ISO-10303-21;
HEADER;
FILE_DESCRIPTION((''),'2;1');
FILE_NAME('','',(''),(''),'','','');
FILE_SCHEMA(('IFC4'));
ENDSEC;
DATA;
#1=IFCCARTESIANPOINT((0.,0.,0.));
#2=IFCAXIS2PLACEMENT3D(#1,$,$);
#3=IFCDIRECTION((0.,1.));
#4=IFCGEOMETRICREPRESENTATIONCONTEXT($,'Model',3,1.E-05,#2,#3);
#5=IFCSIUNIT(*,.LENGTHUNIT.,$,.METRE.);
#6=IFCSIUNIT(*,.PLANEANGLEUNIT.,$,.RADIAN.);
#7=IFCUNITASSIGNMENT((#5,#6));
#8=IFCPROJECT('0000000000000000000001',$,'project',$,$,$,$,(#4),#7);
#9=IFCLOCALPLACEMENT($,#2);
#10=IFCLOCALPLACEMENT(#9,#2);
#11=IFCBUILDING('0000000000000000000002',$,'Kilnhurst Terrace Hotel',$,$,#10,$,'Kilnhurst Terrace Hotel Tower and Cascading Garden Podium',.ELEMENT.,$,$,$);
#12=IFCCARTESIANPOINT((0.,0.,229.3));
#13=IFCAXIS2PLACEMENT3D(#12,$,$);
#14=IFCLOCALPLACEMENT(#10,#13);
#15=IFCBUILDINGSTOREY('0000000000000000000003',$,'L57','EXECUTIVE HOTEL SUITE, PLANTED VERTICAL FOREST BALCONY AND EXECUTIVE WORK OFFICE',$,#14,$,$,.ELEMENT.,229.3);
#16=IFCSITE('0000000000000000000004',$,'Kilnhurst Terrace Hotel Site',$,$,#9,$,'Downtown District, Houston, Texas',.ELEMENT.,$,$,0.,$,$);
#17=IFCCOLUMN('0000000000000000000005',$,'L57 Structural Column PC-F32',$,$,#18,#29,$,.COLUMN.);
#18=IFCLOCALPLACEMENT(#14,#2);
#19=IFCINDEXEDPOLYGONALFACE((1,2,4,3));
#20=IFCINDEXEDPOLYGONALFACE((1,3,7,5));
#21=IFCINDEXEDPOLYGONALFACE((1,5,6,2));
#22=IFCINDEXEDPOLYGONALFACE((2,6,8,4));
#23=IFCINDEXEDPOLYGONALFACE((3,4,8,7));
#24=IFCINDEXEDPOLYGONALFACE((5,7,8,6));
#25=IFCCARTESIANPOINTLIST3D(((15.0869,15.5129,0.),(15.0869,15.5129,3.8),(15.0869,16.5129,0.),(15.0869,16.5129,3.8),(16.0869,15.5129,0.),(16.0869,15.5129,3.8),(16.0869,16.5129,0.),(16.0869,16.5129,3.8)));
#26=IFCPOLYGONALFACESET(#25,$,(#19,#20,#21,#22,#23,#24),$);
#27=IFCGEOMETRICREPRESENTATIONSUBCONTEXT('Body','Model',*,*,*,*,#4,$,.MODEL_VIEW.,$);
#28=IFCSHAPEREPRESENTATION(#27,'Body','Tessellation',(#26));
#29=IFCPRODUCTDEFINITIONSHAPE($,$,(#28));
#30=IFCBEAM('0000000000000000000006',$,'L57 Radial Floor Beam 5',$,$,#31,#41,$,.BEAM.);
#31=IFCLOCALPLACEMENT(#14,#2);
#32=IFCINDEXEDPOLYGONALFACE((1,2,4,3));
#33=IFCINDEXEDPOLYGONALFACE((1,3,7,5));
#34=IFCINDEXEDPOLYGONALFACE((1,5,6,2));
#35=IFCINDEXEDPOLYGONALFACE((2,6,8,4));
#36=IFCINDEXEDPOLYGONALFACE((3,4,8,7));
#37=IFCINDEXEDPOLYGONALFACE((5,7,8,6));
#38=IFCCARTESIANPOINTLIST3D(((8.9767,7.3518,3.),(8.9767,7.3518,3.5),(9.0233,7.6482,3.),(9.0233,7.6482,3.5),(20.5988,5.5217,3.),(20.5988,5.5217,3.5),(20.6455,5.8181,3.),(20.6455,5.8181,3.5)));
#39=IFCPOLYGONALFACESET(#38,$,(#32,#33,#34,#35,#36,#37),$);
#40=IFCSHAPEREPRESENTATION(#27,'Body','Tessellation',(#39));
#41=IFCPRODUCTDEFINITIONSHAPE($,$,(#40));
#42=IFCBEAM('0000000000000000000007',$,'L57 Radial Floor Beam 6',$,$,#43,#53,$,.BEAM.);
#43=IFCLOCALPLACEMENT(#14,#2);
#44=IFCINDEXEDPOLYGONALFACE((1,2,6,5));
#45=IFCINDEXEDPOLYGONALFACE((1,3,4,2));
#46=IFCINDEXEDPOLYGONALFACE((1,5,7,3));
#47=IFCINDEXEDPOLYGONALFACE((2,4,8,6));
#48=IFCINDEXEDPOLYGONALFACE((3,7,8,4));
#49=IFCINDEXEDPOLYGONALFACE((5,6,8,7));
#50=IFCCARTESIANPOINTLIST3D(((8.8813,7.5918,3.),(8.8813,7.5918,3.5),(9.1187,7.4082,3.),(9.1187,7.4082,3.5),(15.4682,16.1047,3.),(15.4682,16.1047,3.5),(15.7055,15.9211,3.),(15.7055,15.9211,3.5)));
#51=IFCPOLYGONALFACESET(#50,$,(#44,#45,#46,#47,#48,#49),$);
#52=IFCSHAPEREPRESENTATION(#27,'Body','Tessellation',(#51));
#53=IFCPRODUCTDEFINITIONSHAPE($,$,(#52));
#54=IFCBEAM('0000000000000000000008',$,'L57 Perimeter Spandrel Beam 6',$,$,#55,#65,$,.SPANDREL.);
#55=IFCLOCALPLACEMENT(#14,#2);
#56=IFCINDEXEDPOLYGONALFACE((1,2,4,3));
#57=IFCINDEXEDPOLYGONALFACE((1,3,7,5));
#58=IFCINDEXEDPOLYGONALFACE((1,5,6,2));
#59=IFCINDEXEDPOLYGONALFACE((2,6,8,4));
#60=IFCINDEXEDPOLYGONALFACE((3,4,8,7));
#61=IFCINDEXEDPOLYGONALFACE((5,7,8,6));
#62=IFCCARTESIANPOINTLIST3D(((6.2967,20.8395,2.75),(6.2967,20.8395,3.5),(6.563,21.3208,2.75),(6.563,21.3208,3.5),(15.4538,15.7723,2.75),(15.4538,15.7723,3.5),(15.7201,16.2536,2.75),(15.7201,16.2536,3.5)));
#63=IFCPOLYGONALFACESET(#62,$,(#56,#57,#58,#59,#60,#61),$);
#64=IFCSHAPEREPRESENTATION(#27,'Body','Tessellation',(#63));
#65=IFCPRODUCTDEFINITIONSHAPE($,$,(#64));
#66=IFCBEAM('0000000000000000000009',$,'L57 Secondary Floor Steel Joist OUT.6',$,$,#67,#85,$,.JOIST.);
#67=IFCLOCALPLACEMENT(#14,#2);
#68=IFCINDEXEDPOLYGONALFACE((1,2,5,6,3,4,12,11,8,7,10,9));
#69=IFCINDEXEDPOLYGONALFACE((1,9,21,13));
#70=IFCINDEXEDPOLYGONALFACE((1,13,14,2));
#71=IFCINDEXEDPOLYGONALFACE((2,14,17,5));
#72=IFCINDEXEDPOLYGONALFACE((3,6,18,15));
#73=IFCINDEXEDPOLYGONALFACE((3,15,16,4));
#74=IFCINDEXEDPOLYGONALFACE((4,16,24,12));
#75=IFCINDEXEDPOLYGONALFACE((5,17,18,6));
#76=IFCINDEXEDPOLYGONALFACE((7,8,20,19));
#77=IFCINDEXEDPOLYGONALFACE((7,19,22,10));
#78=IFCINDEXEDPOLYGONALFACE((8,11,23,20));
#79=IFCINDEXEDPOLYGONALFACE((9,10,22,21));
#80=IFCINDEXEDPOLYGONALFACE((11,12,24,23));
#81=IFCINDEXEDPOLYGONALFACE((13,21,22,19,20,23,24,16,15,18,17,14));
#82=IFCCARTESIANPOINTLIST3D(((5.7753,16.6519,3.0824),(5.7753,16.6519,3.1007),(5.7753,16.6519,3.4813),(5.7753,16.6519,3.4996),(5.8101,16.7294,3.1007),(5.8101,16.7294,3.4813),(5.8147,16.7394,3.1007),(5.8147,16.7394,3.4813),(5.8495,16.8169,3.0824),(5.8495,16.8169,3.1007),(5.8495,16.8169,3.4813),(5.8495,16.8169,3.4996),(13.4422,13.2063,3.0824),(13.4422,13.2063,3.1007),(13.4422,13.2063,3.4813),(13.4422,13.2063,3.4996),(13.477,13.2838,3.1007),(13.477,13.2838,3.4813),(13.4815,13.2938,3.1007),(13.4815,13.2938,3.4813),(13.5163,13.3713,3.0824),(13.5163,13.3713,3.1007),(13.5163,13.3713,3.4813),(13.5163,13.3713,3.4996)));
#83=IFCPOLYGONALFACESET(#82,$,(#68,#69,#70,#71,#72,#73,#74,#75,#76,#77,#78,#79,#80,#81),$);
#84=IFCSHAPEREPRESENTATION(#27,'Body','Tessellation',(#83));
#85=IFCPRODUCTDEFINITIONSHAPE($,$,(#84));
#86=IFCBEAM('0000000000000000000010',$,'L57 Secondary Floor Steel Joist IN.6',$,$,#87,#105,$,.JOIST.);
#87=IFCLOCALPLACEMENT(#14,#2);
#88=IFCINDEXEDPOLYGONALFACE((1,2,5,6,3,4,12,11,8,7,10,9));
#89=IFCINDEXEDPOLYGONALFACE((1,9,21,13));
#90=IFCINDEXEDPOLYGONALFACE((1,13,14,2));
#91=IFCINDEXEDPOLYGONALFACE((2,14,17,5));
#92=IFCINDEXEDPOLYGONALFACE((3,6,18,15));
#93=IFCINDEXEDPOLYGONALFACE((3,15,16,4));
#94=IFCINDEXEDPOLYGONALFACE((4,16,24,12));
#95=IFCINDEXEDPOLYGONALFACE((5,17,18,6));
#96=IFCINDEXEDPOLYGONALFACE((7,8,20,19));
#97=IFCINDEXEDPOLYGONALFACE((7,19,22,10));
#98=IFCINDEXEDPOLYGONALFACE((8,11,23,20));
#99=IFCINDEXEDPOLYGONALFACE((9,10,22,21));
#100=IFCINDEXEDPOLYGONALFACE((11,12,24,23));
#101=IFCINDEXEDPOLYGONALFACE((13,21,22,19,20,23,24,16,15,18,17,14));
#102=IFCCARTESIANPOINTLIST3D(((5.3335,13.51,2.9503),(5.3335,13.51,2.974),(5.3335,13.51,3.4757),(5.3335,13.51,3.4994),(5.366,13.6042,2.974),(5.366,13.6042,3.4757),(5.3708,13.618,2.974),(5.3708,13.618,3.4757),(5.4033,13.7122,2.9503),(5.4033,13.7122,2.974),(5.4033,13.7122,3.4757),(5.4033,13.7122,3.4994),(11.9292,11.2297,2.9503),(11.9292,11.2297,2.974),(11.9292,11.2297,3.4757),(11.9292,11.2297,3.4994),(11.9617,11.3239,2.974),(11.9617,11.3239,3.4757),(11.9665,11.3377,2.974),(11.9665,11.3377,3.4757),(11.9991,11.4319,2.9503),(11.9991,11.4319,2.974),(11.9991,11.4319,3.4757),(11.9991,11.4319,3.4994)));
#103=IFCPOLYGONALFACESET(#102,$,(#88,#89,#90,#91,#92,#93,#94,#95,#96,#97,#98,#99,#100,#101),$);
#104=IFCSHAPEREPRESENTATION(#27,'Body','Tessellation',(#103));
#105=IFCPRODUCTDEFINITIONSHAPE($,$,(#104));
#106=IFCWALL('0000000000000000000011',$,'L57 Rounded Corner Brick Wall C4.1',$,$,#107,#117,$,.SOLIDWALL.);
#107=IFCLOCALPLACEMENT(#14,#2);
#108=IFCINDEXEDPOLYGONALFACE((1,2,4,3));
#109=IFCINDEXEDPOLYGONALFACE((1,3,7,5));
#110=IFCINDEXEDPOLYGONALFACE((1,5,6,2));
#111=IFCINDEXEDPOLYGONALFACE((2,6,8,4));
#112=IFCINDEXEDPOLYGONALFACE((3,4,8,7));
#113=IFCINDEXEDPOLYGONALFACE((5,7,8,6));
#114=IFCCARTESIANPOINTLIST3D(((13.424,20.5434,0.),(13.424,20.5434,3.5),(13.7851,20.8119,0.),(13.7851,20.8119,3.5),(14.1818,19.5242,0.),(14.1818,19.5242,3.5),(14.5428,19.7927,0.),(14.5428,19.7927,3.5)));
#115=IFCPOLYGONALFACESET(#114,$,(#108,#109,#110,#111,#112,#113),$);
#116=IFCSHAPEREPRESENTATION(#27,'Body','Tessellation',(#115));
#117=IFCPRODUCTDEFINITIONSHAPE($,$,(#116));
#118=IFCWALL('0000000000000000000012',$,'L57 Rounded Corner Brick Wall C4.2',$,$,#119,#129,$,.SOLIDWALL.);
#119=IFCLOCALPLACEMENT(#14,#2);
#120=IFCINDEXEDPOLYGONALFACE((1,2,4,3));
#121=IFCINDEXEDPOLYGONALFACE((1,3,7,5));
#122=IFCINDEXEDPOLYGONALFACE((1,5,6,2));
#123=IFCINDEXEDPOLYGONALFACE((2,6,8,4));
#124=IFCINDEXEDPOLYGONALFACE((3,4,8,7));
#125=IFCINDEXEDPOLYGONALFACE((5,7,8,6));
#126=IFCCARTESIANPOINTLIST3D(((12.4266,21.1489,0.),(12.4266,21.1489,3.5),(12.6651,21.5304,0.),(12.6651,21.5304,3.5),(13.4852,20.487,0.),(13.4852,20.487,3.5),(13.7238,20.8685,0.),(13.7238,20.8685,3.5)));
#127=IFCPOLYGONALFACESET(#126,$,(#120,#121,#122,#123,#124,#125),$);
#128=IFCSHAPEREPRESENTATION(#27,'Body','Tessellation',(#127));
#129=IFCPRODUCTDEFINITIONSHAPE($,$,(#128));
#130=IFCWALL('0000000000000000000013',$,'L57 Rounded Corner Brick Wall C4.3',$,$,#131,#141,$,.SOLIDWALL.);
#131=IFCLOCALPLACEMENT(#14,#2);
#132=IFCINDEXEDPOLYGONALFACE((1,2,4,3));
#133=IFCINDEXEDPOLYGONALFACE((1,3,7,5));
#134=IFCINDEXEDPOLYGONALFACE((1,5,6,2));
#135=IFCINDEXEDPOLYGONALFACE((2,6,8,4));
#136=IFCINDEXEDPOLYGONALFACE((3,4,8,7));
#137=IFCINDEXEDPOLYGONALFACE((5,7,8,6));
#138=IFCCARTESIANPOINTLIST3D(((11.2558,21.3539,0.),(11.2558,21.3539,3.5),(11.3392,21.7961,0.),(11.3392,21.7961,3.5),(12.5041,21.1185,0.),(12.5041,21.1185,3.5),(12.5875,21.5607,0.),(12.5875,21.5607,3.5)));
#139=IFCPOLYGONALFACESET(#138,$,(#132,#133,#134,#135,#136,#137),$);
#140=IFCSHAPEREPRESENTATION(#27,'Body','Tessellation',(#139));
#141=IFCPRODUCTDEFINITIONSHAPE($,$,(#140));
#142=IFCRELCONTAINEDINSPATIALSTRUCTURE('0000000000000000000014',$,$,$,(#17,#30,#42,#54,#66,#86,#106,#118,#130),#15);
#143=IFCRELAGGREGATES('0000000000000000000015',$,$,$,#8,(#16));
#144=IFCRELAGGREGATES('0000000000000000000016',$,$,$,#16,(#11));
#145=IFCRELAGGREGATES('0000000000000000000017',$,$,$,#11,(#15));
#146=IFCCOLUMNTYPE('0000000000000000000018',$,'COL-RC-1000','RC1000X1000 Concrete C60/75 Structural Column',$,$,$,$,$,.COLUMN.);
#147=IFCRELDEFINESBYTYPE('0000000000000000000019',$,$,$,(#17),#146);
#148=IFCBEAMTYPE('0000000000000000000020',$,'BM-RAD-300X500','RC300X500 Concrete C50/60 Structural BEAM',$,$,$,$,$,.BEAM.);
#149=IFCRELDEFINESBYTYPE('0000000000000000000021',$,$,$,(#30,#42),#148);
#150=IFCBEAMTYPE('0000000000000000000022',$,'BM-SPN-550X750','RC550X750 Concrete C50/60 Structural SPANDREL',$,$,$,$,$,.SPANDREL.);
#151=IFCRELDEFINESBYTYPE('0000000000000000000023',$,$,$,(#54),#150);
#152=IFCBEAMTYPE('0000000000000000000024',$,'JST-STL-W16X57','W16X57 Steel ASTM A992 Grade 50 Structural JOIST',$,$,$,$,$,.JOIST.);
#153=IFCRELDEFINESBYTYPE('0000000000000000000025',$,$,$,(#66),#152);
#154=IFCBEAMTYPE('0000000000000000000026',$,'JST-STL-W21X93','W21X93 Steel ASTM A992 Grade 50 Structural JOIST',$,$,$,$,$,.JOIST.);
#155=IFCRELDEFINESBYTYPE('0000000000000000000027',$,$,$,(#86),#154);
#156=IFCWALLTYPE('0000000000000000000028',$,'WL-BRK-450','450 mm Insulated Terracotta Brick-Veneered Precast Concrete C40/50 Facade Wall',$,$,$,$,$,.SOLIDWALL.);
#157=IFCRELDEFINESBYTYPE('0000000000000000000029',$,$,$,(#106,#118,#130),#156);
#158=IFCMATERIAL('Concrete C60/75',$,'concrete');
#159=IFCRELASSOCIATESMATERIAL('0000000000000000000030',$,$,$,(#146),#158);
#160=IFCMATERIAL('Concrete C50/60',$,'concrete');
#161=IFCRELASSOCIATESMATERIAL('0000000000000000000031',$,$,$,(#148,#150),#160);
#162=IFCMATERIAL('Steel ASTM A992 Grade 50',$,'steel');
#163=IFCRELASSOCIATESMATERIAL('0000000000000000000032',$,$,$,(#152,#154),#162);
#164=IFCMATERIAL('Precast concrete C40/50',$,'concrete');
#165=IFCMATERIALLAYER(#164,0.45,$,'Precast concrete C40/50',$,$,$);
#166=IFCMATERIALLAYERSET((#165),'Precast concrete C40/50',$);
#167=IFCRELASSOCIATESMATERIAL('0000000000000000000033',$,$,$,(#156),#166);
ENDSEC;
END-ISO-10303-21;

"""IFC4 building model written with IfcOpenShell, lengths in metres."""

from ifc_helpers import new_model, si_unit, direction, frame, frame_2d, origin, origin_2d, place, context, subcontext, project, spatial, rectangle, i_section, extrude, material, layer, layer_set, material_profile, profile_set, type_object, element, save


model = new_model("IFC4")

# Units and contexts
model_context = context("Model", 3, precision=1e-05, world=origin(), true_north=direction((0.0, 1.0)))
body_context = subcontext(model_context, "Body", "Model", "MODEL_VIEW")
ifc_project = project(units=[si_unit("LENGTHUNIT", "METRE"), si_unit("PLANEANGLEUNIT", "RADIAN")], contexts=[model_context])

# Site, building, storey
site_placement = place(None, origin())
site = spatial("IfcSite", under=ifc_project, at=site_placement, Name="Kilnhurst Terrace Hotel Site", LongName="Downtown District, Houston, Texas", CompositionType="ELEMENT", RefElevation=0.0)
building_placement = place(site_placement, origin())
building = spatial("IfcBuilding", under=site, at=building_placement, Name="Kilnhurst Terrace Hotel", LongName="Kilnhurst Terrace Hotel Tower and Cascading Garden Podium", CompositionType="ELEMENT")
storey_placement = place(building_placement, frame((0.0, 0.0, 229.3)))
storey = spatial("IfcBuildingStorey", under=building, at=storey_placement, Name="L57", Description="EXECUTIVE HOTEL SUITE, PLANTED VERTICAL FOREST BALCONY AND EXECUTIVE WORK OFFICE", CompositionType="ELEMENT", Elevation=229.3)

# Column
ifc_material_1 = material(Name="Concrete C60/75", Category="concrete")
ifc_material_profile_1 = material_profile(ifc_material_1, rectangle(XDim=1.0, YDim=1.0, at=origin_2d()), Name="RC1000X1000")
ifc_profile_set_1 = profile_set([ifc_material_profile_1], Name="Concrete C60/75")
column_type = type_object("IfcColumnType", Name="COL-RC-1000", Description="RC1000X1000 Concrete C60/75 Structural Column", PredefinedType="COLUMN", material=ifc_profile_set_1)
column_placement = place(storey_placement, frame((15.5869, 16.0129, 0.0), z_axis=(0.0, 0.0, 1.0), x_axis=(1.0, 0.0, 0.0)))
element("IfcColumn", 1, at=column_placement, inside=storey, type_object=column_type, Name="L57 Structural Column PC-F32", PredefinedType="COLUMN", context=body_context, shape_type="SweptSolid", body=[
    extrude(rectangle(XDim=1.0, YDim=1.0, at=origin_2d()), origin(), (0.0, 0.0, 1.0), 3.8),
])

# Beams
ifc_material_2 = material(Name="Concrete C50/60", Category="concrete")
ifc_material_profile_2 = material_profile(ifc_material_2, rectangle(XDim=0.3, YDim=0.5, at=origin_2d()), Name="RC300X500")
ifc_profile_set_2 = profile_set([ifc_material_profile_2], Name="Concrete C50/60")
beam_type_1 = type_object("IfcBeamType", Name="BM-RAD-300X500", Description="RC300X500 Concrete C50/60 Structural BEAM", PredefinedType="BEAM", material=ifc_profile_set_2)
beam_1_placement = place(storey_placement, frame((9.0, 7.5, 3.25), z_axis=(0.987828, -0.155549, 0.0), x_axis=(0.155549, 0.987828, 0.0)))
element("IfcBeam", 2, at=beam_1_placement, inside=storey, type_object=beam_type_1, Name="L57 Radial Floor Beam 5", PredefinedType="BEAM", context=body_context, shape_type="SweptSolid", body=[
    extrude(rectangle(XDim=0.3, YDim=0.5, at=origin_2d()), origin(), (0.0, 0.0, 1.0), 11.7654),
])
beam_2_placement = place(storey_placement, frame((9.0, 7.5, 3.25), z_axis=(0.611955, 0.790892, 0.0), x_axis=(-0.790892, 0.611955, 0.0)))
element("IfcBeam", 3, at=beam_2_placement, inside=storey, type_object=beam_type_1, Name="L57 Radial Floor Beam 6", PredefinedType="BEAM", context=body_context, shape_type="SweptSolid", body=[
    extrude(rectangle(XDim=0.3, YDim=0.5, at=origin_2d()), origin(), (0.0, 0.0, 1.0), 10.7637),
])
ifc_material_profile_3 = material_profile(ifc_material_2, rectangle(XDim=0.55, YDim=0.75, at=origin_2d()), Name="RC550X750")
ifc_profile_set_3 = profile_set([ifc_material_profile_3], Name="Concrete C50/60")
beam_type_2 = type_object("IfcBeamType", Name="BM-SPN-550X750", Description="RC550X750 Concrete C50/60 Structural SPANDREL", PredefinedType="SPANDREL", material=ifc_profile_set_3)
beam_3_placement = place(storey_placement, frame((15.5869, 16.0129, 3.125), z_axis=(-0.87497, 0.484177, 0.0), x_axis=(-0.484177, -0.87497, 0.0)))
element("IfcBeam", 4, at=beam_3_placement, inside=storey, type_object=beam_type_2, Name="L57 Perimeter Spandrel Beam 6", PredefinedType="SPANDREL", context=body_context, shape_type="SweptSolid", body=[
    extrude(rectangle(XDim=0.55, YDim=0.75, at=origin_2d()), origin(), (0.0, 0.0, 1.0), 10.4656),
])
ifc_material_3 = material(Name="Steel ASTM A992 Grade 50", Category="steel")
ifc_material_profile_4 = material_profile(ifc_material_3, i_section(OverallWidth=0.1809, OverallDepth=0.4172, WebThickness=0.011, FlangeThickness=0.0183, at=origin_2d()), Name="W16X57")
ifc_profile_set_4 = profile_set([ifc_material_profile_4], Name="Steel ASTM A992 Grade 50")
beam_type_3 = type_object("IfcBeamType", Name="JST-STL-W16X57", Description="W16X57 Steel ASTM A992 Grade 50 Structural JOIST", PredefinedType="JOIST", material=ifc_profile_set_4)
beam_4_placement = place(storey_placement, frame((13.4792, 13.2888, 3.291), z_axis=(-0.912121, 0.409921, 0.0), x_axis=(-0.409921, -0.912121, 0.0)))
element("IfcBeam", 5, at=beam_4_placement, inside=storey, type_object=beam_type_3, Name="L57 Secondary Floor Steel Joist OUT.6", PredefinedType="JOIST", context=body_context, shape_type="SweptSolid", body=[
    extrude(i_section(OverallWidth=0.1809, OverallDepth=0.4172, WebThickness=0.011, FlangeThickness=0.0183, at=origin_2d()), origin(), (0.0, 0.0, 1.0), 8.4055),
])
ifc_material_profile_5 = material_profile(ifc_material_3, i_section(OverallWidth=0.2139, OverallDepth=0.5491, WebThickness=0.0146, FlangeThickness=0.0237, at=origin_2d()), Name="W21X93")
ifc_profile_set_5 = profile_set([ifc_material_profile_5], Name="Steel ASTM A992 Grade 50")
beam_type_4 = type_object("IfcBeamType", Name="JST-STL-W21X93", Description="W21X93 Steel ASTM A992 Grade 50 Structural JOIST", PredefinedType="JOIST", material=ifc_profile_set_5)
beam_5_placement = place(storey_placement, frame((11.9641, 11.3308, 3.2249), z_axis=(-0.945112, 0.326745, 0.0), x_axis=(-0.326745, -0.945112, 0.0)))
element("IfcBeam", 6, at=beam_5_placement, inside=storey, type_object=beam_type_4, Name="L57 Secondary Floor Steel Joist IN.6", PredefinedType="JOIST", context=body_context, shape_type="SweptSolid", body=[
    extrude(i_section(OverallWidth=0.2139, OverallDepth=0.5491, WebThickness=0.0146, FlangeThickness=0.0237, at=origin_2d()), origin(), (0.0, 0.0, 1.0), 6.9788),
])

# Walls
ifc_material_4 = material(Name="Precast concrete C40/50", Category="concrete")
ifc_layer_1 = layer(ifc_material_4, 0.45, Name="Precast concrete C40/50")
ifc_layer_set_1 = layer_set([ifc_layer_1], Name="Precast concrete C40/50")
wall_type_1 = type_object("IfcWallType", Name="WL-BRK-450", Description="450 mm Insulated Terracotta Brick-Veneered Precast Concrete C40/50 Facade Wall", PredefinedType="SOLIDWALL", material=ifc_layer_set_1)
wall_1_placement = place(storey_placement, frame((14.3623, 19.6584, 0.0), z_axis=(0.0, 0.0, 1.0), x_axis=(-0.596642, 0.802507, 0.0)))
element("IfcWall", 7, at=wall_1_placement, inside=storey, type_object=wall_type_1, Name="L57 Rounded Corner Brick Wall C4.1", PredefinedType="SOLIDWALL", context=body_context, shape_type="SweptSolid", body=[
    extrude(rectangle(XDim=1.27, YDim=0.45, at=frame_2d((0.635, 0.0))), origin(), (0.0, 0.0, 1.0), 3.5),
])
wall_2_placement = place(storey_placement, frame((13.6045, 20.6777, 0.0), z_axis=(0.0, 0.0, 1.0), x_axis=(-0.84791, 0.53014, 0.0)))
element("IfcWall", 8, at=wall_2_placement, inside=storey, type_object=wall_type_1, Name="L57 Rounded Corner Brick Wall C4.2", PredefinedType="SOLIDWALL", context=body_context, shape_type="SweptSolid", body=[
    extrude(rectangle(XDim=1.2485, YDim=0.45, at=frame_2d((0.6243, 0.0))), origin(), (0.0, 0.0, 1.0), 3.5),
])
wall_3_placement = place(storey_placement, frame((12.5459, 21.3396, 0.0), z_axis=(0.0, 0.0, 1.0), x_axis=(-0.982687, 0.185275, 0.0)))
element("IfcWall", 9, at=wall_3_placement, inside=storey, type_object=wall_type_1, Name="L57 Rounded Corner Brick Wall C4.3", PredefinedType="SOLIDWALL", context=body_context, shape_type="SweptSolid", body=[
    extrude(rectangle(XDim=1.2703, YDim=0.45, at=frame_2d((0.6353, 0.0))), origin(), (0.0, 0.0, 1.0), 3.5),
])

save(model, "model.ifc")
